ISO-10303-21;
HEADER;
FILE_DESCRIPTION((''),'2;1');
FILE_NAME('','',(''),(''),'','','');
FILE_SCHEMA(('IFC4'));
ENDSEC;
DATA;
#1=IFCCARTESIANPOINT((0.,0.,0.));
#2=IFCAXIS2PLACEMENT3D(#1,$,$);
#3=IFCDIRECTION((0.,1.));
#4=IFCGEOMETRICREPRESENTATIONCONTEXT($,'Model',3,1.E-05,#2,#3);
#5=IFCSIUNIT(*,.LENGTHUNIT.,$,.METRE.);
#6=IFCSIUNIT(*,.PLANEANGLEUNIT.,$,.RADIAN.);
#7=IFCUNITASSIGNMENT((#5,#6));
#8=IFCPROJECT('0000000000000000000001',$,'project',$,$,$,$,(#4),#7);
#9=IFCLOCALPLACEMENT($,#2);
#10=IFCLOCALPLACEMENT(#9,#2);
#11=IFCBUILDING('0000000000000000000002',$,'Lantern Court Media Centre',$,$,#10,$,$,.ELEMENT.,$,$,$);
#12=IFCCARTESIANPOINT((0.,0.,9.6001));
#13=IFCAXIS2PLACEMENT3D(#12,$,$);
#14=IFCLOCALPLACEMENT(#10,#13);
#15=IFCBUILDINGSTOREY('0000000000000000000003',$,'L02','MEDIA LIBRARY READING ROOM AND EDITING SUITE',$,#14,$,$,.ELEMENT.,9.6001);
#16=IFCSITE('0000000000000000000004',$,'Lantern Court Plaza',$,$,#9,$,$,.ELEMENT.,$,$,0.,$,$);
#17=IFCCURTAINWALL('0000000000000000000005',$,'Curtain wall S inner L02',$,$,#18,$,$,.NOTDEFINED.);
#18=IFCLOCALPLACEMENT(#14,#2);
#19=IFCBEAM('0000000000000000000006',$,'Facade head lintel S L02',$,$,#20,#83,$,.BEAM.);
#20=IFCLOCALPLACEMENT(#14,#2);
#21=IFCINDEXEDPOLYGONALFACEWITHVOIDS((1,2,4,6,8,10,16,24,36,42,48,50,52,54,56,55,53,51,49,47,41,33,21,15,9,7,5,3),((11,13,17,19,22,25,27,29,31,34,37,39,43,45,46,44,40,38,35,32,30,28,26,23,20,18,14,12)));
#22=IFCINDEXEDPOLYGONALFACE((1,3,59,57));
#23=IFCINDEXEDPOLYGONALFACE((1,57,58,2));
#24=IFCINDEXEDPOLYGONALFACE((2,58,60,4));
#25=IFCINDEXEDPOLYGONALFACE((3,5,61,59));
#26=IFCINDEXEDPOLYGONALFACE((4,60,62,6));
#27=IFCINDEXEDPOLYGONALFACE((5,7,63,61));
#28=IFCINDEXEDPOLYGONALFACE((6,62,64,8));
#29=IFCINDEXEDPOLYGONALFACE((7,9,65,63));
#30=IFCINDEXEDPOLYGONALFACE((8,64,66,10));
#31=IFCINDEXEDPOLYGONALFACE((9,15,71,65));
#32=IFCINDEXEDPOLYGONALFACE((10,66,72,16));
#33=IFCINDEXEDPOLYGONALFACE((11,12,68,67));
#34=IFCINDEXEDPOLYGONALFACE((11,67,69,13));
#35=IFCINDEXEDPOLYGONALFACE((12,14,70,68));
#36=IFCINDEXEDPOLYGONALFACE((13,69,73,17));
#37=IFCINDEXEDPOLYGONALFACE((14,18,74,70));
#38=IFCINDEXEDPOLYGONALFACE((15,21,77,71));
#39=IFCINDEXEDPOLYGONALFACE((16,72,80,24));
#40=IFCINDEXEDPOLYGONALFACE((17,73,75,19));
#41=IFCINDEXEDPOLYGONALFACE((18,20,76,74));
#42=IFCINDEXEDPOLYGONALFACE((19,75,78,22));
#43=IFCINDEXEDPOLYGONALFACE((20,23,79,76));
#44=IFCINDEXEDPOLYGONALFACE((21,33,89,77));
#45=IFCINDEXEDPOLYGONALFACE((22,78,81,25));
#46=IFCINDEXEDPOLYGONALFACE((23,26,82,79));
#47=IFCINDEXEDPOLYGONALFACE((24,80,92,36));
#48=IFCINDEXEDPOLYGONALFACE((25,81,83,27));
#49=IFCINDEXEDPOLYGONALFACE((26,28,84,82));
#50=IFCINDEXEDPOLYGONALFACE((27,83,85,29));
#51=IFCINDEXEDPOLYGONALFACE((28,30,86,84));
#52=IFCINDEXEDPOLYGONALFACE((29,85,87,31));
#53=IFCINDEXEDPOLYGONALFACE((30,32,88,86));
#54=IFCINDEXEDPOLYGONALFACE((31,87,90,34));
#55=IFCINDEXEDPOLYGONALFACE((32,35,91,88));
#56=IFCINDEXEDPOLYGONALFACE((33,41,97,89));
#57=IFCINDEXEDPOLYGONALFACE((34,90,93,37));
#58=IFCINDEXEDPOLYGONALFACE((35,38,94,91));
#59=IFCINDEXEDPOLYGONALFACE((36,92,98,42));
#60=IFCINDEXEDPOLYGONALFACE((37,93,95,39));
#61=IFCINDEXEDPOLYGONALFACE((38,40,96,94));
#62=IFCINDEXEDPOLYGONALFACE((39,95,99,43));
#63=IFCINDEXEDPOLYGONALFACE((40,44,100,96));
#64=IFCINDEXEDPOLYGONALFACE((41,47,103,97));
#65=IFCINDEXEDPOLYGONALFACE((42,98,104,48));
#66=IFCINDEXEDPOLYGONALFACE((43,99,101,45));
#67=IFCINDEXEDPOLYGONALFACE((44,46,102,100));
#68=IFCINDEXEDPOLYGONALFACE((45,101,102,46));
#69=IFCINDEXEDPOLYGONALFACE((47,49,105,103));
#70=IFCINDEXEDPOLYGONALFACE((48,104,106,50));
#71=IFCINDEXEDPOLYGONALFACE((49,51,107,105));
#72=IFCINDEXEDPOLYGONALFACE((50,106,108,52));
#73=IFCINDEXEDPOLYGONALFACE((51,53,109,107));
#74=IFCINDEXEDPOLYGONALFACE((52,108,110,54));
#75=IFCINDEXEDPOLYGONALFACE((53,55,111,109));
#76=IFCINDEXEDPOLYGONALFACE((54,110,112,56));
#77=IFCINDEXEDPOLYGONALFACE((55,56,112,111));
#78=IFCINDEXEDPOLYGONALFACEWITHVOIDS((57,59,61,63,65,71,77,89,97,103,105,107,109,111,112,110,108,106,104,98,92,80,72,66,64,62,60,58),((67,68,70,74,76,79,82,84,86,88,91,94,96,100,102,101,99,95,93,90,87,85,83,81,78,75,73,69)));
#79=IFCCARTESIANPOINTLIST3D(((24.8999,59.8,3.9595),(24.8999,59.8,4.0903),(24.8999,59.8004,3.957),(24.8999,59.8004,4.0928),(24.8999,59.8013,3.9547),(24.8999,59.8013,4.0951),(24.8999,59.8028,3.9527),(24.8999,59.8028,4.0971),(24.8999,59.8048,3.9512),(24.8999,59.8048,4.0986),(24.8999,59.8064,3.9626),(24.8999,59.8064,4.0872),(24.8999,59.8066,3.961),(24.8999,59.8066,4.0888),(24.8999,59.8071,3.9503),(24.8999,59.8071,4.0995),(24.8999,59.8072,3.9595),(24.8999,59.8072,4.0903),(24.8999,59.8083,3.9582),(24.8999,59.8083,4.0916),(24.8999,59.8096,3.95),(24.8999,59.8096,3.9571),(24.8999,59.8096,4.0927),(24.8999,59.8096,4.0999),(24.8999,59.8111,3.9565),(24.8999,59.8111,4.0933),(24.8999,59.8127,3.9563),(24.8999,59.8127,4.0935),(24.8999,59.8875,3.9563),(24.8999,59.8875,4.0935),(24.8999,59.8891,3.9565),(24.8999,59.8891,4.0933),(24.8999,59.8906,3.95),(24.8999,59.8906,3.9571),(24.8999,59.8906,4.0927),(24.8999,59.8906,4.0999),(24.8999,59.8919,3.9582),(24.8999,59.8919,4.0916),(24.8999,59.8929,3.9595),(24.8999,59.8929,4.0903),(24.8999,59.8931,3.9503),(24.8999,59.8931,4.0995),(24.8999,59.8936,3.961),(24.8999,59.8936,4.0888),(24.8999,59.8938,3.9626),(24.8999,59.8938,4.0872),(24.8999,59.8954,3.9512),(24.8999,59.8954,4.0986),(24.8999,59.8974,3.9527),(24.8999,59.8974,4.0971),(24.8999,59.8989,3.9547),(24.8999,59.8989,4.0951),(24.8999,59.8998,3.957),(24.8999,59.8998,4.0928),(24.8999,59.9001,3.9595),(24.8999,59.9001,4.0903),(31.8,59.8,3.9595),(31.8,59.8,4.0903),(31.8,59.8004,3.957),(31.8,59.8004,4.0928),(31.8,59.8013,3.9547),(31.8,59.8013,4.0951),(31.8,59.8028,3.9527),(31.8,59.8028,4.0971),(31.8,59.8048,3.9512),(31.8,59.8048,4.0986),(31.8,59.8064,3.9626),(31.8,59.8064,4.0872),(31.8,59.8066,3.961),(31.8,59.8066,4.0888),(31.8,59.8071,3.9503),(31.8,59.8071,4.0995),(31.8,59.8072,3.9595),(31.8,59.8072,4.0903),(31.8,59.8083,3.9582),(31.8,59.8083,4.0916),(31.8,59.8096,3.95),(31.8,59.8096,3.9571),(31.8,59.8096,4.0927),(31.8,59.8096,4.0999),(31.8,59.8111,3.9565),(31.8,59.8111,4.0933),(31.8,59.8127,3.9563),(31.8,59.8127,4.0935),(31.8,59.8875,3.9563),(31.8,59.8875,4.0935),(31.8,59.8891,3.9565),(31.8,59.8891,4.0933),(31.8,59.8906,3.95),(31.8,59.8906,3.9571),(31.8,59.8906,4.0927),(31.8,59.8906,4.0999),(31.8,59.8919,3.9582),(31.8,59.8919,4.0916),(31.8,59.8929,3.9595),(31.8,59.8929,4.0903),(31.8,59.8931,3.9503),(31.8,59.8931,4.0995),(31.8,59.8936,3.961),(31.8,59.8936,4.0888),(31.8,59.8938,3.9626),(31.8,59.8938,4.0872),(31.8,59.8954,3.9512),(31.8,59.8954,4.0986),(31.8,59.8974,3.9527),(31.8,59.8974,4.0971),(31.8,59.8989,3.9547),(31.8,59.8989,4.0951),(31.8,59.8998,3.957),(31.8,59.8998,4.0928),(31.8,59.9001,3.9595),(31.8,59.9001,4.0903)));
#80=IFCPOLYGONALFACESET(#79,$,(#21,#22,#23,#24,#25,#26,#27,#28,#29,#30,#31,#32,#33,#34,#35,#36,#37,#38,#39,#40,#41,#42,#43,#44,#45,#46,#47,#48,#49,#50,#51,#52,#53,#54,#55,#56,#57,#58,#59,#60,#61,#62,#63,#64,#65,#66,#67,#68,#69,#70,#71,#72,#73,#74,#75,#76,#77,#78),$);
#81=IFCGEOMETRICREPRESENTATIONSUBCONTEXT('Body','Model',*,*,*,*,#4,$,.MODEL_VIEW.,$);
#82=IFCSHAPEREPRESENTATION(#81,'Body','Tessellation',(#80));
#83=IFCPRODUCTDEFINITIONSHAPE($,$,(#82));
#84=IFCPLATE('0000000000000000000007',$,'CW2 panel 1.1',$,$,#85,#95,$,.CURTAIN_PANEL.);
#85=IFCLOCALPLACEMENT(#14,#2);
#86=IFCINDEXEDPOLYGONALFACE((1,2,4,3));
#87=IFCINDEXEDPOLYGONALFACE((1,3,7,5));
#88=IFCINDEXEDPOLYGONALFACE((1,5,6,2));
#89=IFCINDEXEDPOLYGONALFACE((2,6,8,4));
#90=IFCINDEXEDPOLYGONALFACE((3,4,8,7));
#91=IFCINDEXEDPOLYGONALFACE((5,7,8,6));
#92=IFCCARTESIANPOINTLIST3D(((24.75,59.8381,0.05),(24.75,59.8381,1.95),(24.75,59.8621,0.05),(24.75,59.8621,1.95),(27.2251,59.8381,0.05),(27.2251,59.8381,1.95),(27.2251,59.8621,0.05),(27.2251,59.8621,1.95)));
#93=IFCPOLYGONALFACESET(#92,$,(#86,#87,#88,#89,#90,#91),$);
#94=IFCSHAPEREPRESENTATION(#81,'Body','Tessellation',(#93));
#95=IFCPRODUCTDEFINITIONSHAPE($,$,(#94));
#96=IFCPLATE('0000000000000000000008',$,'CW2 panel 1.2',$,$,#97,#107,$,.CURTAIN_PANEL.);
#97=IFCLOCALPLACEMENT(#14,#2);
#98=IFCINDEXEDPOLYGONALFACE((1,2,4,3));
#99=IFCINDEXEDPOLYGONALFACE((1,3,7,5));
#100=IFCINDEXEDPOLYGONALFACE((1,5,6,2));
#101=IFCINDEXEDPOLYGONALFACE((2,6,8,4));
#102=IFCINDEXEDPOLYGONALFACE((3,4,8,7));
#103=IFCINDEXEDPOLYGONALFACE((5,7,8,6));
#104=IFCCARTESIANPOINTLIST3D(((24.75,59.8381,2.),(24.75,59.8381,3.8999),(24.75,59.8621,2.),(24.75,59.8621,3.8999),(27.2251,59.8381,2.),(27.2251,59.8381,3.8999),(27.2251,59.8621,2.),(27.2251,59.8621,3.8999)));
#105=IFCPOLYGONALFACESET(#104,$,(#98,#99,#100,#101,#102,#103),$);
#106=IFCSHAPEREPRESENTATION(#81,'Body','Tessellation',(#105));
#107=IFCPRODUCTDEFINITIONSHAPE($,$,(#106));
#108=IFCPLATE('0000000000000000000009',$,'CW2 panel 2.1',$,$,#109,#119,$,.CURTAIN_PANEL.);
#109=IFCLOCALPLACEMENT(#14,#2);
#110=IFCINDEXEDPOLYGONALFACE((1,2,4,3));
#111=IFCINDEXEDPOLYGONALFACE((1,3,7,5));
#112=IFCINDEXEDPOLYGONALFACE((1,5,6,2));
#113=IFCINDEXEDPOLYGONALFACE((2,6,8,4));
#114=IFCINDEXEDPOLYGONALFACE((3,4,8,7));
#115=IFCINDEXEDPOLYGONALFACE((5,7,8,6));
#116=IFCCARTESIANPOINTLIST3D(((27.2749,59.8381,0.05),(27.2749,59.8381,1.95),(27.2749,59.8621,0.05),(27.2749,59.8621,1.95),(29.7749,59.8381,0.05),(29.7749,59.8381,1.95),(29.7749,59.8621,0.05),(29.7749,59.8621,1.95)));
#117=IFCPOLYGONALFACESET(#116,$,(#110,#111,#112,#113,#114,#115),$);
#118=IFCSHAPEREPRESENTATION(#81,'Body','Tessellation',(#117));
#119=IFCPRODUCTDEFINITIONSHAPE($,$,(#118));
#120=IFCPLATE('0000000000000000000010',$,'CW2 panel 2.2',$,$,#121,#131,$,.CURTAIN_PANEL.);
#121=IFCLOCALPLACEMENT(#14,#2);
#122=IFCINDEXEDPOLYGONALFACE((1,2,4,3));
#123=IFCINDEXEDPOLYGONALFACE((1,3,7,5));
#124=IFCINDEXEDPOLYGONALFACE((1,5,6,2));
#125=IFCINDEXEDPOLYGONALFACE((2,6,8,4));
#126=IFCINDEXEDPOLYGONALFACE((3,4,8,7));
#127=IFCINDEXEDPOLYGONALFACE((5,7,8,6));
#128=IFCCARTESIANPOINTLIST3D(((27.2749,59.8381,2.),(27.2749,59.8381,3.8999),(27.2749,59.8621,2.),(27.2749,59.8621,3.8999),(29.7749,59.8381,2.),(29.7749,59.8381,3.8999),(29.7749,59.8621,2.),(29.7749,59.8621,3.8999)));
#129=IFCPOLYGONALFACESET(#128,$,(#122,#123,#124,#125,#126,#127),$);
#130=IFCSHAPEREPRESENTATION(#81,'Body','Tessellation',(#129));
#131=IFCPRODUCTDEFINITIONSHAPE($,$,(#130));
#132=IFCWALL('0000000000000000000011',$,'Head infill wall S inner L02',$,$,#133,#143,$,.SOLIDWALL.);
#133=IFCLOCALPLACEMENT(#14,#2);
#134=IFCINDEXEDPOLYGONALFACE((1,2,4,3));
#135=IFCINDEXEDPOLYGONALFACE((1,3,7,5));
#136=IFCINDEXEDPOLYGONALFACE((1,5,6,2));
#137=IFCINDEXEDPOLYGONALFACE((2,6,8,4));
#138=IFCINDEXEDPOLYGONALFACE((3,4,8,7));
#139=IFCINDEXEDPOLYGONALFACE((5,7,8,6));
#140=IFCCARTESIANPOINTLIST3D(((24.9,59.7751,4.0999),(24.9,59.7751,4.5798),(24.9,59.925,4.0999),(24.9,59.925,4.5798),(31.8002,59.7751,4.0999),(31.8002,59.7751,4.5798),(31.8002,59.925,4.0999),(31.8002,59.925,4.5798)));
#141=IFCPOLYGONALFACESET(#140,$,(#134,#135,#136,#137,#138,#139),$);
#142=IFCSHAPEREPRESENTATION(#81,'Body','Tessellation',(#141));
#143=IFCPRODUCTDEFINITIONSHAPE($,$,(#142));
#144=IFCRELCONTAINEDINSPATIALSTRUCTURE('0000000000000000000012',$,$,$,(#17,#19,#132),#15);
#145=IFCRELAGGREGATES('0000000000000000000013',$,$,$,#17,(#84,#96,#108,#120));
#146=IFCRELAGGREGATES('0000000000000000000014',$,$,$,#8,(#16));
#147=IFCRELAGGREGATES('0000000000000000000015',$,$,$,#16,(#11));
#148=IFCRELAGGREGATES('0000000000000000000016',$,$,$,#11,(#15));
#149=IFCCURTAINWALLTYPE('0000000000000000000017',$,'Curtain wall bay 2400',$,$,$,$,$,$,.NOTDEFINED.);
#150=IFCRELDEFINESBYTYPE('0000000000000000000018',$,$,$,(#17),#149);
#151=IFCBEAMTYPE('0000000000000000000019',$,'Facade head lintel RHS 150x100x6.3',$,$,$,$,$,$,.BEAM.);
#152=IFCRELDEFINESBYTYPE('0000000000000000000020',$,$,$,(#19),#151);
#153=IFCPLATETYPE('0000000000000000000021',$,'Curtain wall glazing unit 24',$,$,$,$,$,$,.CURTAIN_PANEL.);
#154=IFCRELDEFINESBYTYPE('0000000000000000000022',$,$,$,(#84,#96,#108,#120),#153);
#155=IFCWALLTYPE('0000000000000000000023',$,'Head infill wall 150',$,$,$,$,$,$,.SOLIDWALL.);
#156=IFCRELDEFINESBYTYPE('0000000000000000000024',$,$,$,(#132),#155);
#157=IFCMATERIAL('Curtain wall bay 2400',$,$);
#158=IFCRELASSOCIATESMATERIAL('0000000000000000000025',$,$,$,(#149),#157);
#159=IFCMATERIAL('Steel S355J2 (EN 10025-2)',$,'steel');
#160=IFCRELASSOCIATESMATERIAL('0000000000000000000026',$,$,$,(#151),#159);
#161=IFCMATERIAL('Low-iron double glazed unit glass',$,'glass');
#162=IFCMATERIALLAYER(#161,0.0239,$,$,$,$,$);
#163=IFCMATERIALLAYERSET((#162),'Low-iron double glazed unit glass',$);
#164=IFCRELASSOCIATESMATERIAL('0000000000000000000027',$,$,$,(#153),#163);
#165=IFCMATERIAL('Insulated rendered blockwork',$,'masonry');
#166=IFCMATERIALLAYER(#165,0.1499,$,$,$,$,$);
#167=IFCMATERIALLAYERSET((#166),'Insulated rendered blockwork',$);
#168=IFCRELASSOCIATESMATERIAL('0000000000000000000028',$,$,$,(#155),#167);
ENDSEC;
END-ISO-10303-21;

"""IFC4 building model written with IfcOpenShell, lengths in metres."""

from ifc_helpers import new_model, si_unit, direction, frame, frame_2d, origin, origin_2d, place, context, subcontext, project, spatial, rectangle, hollow_rectangle, extrude, material, layer, layer_set, material_profile, profile_set, type_object, element, aggregate, save


model = new_model("IFC4")

# Units and contexts
model_context = context("Model", 3, precision=1e-05, world=origin(), true_north=direction((0.0, 1.0)))
body_context = subcontext(model_context, "Body", "Model", "MODEL_VIEW")
ifc_project = project(units=[si_unit("LENGTHUNIT", "METRE"), si_unit("PLANEANGLEUNIT", "RADIAN")], contexts=[model_context])

# Site, building, storey
site_placement = place(None, origin())
site = spatial("IfcSite", under=ifc_project, at=site_placement, Name="Lantern Court Plaza", CompositionType="ELEMENT", RefElevation=0.0)
building_placement = place(site_placement, origin())
building = spatial("IfcBuilding", under=site, at=building_placement, Name="Lantern Court Media Centre", CompositionType="ELEMENT")
storey_placement = place(building_placement, frame((0.0, 0.0, 9.6001)))
storey = spatial("IfcBuildingStorey", under=building, at=storey_placement, Name="L02", Description="MEDIA LIBRARY READING ROOM AND EDITING SUITE", CompositionType="ELEMENT", Elevation=9.6001)

# Curtain wall
ifc_material_1 = material(Name="Curtain wall bay 2400")
curtain_wall_type = type_object("IfcCurtainWallType", Name="Curtain wall bay 2400", PredefinedType="NOTDEFINED", material=ifc_material_1)
curtain_wall_placement = place(storey_placement, origin())
curtain_wall = element("IfcCurtainWall", 1, at=curtain_wall_placement, inside=storey, type_object=curtain_wall_type, Name="Curtain wall S inner L02", PredefinedType="NOTDEFINED")

# Beam
ifc_material_2 = material(Name="Steel S355J2 (EN 10025-2)", Category="steel")
ifc_material_profile_1 = material_profile(ifc_material_2, hollow_rectangle(XDim=0.1001, YDim=0.1499, WallThickness=0.0063, InnerFilletRadius=0.0063, OuterFilletRadius=0.0095, at=origin_2d()), Name="Facade head lintel RHS 150x100x6.3")
ifc_profile_set_1 = profile_set([ifc_material_profile_1], Name="Steel S355J2 (EN 10025-2)")
beam_type = type_object("IfcBeamType", Name="Facade head lintel RHS 150x100x6.3", PredefinedType="BEAM", material=ifc_profile_set_1)
beam_placement = place(storey_placement, frame((24.8999, 59.8501, 4.0249), z_axis=(1.0, 0.0, 0.0), x_axis=(0.0, 1.0, 0.0)))
element("IfcBeam", 2, at=beam_placement, inside=storey, type_object=beam_type, Name="Facade head lintel S L02", PredefinedType="BEAM", context=body_context, shape_type="SweptSolid", body=[
    extrude(hollow_rectangle(XDim=0.1001, YDim=0.1499, WallThickness=0.0063, InnerFilletRadius=0.0063, OuterFilletRadius=0.0095, at=origin_2d()), origin(), (0.0, 0.0, 1.0), 6.9001),
])

# Plates
ifc_material_3 = material(Name="Low-iron double glazed unit glass", Category="glass")
ifc_layer_1 = layer(ifc_material_3, 0.0239)
ifc_layer_set_1 = layer_set([ifc_layer_1], Name="Low-iron double glazed unit glass")
plate_type = type_object("IfcPlateType", Name="Curtain wall glazing unit 24", PredefinedType="CURTAIN_PANEL", material=ifc_layer_set_1)
plate_1_placement = place(storey_placement, frame((25.9875, 59.8501, 0.05), z_axis=(0.0, 0.0, 1.0), x_axis=(1.0, 0.0, 0.0)))
plate_1 = element("IfcPlate", 3, at=plate_1_placement, type_object=plate_type, Name="CW2 panel 1.1", PredefinedType="CURTAIN_PANEL", context=body_context, shape_type="SweptSolid", body=[
    extrude(rectangle(XDim=2.4751, YDim=0.0239, at=origin_2d()), origin(), (0.0, 0.0, 1.0), 1.8999),
])
plate_2_placement = place(storey_placement, frame((25.9875, 59.8501, 2.0), z_axis=(0.0, 0.0, 1.0), x_axis=(1.0, 0.0, 0.0)))
plate_2 = element("IfcPlate", 4, at=plate_2_placement, type_object=plate_type, Name="CW2 panel 1.2", PredefinedType="CURTAIN_PANEL", context=body_context, shape_type="SweptSolid", body=[
    extrude(rectangle(XDim=2.4751, YDim=0.0239, at=origin_2d()), origin(), (0.0, 0.0, 1.0), 1.8999),
])
plate_3_placement = place(storey_placement, frame((28.5249, 59.8501, 0.05), z_axis=(0.0, 0.0, 1.0), x_axis=(1.0, 0.0, 0.0)))
plate_3 = element("IfcPlate", 5, at=plate_3_placement, type_object=plate_type, Name="CW2 panel 2.1", PredefinedType="CURTAIN_PANEL", context=body_context, shape_type="SweptSolid", body=[
    extrude(rectangle(XDim=2.5, YDim=0.0239, at=origin_2d()), origin(), (0.0, 0.0, 1.0), 1.8999),
])
plate_4_placement = place(storey_placement, frame((28.5249, 59.8501, 2.0), z_axis=(0.0, 0.0, 1.0), x_axis=(1.0, 0.0, 0.0)))
plate_4 = element("IfcPlate", 6, at=plate_4_placement, type_object=plate_type, Name="CW2 panel 2.2", PredefinedType="CURTAIN_PANEL", context=body_context, shape_type="SweptSolid", body=[
    extrude(rectangle(XDim=2.5, YDim=0.0239, at=origin_2d()), origin(), (0.0, 0.0, 1.0), 1.8999),
])
aggregate(curtain_wall, [plate_1, plate_2, plate_3, plate_4])

# Wall
ifc_material_4 = material(Name="Insulated rendered blockwork", Category="masonry")
ifc_layer_2 = layer(ifc_material_4, 0.1499)
ifc_layer_set_2 = layer_set([ifc_layer_2], Name="Insulated rendered blockwork")
wall_type_1 = type_object("IfcWallType", Name="Head infill wall 150", PredefinedType="SOLIDWALL", material=ifc_layer_set_2)
wall_1_placement = place(storey_placement, frame((24.8999, 59.8501, 4.0999), z_axis=(0.0, 0.0, 1.0), x_axis=(1.0, 0.0, 0.0)))
element("IfcWall", 7, at=wall_1_placement, inside=storey, type_object=wall_type_1, Name="Head infill wall S inner L02", PredefinedType="SOLIDWALL", context=body_context, shape_type="SweptSolid", body=[
    extrude(rectangle(XDim=6.9001, YDim=0.1499, at=frame_2d((3.4502, 0.0))), origin(), (0.0, 0.0, 1.0), 0.48),
])

save(model, "model.ifc")
